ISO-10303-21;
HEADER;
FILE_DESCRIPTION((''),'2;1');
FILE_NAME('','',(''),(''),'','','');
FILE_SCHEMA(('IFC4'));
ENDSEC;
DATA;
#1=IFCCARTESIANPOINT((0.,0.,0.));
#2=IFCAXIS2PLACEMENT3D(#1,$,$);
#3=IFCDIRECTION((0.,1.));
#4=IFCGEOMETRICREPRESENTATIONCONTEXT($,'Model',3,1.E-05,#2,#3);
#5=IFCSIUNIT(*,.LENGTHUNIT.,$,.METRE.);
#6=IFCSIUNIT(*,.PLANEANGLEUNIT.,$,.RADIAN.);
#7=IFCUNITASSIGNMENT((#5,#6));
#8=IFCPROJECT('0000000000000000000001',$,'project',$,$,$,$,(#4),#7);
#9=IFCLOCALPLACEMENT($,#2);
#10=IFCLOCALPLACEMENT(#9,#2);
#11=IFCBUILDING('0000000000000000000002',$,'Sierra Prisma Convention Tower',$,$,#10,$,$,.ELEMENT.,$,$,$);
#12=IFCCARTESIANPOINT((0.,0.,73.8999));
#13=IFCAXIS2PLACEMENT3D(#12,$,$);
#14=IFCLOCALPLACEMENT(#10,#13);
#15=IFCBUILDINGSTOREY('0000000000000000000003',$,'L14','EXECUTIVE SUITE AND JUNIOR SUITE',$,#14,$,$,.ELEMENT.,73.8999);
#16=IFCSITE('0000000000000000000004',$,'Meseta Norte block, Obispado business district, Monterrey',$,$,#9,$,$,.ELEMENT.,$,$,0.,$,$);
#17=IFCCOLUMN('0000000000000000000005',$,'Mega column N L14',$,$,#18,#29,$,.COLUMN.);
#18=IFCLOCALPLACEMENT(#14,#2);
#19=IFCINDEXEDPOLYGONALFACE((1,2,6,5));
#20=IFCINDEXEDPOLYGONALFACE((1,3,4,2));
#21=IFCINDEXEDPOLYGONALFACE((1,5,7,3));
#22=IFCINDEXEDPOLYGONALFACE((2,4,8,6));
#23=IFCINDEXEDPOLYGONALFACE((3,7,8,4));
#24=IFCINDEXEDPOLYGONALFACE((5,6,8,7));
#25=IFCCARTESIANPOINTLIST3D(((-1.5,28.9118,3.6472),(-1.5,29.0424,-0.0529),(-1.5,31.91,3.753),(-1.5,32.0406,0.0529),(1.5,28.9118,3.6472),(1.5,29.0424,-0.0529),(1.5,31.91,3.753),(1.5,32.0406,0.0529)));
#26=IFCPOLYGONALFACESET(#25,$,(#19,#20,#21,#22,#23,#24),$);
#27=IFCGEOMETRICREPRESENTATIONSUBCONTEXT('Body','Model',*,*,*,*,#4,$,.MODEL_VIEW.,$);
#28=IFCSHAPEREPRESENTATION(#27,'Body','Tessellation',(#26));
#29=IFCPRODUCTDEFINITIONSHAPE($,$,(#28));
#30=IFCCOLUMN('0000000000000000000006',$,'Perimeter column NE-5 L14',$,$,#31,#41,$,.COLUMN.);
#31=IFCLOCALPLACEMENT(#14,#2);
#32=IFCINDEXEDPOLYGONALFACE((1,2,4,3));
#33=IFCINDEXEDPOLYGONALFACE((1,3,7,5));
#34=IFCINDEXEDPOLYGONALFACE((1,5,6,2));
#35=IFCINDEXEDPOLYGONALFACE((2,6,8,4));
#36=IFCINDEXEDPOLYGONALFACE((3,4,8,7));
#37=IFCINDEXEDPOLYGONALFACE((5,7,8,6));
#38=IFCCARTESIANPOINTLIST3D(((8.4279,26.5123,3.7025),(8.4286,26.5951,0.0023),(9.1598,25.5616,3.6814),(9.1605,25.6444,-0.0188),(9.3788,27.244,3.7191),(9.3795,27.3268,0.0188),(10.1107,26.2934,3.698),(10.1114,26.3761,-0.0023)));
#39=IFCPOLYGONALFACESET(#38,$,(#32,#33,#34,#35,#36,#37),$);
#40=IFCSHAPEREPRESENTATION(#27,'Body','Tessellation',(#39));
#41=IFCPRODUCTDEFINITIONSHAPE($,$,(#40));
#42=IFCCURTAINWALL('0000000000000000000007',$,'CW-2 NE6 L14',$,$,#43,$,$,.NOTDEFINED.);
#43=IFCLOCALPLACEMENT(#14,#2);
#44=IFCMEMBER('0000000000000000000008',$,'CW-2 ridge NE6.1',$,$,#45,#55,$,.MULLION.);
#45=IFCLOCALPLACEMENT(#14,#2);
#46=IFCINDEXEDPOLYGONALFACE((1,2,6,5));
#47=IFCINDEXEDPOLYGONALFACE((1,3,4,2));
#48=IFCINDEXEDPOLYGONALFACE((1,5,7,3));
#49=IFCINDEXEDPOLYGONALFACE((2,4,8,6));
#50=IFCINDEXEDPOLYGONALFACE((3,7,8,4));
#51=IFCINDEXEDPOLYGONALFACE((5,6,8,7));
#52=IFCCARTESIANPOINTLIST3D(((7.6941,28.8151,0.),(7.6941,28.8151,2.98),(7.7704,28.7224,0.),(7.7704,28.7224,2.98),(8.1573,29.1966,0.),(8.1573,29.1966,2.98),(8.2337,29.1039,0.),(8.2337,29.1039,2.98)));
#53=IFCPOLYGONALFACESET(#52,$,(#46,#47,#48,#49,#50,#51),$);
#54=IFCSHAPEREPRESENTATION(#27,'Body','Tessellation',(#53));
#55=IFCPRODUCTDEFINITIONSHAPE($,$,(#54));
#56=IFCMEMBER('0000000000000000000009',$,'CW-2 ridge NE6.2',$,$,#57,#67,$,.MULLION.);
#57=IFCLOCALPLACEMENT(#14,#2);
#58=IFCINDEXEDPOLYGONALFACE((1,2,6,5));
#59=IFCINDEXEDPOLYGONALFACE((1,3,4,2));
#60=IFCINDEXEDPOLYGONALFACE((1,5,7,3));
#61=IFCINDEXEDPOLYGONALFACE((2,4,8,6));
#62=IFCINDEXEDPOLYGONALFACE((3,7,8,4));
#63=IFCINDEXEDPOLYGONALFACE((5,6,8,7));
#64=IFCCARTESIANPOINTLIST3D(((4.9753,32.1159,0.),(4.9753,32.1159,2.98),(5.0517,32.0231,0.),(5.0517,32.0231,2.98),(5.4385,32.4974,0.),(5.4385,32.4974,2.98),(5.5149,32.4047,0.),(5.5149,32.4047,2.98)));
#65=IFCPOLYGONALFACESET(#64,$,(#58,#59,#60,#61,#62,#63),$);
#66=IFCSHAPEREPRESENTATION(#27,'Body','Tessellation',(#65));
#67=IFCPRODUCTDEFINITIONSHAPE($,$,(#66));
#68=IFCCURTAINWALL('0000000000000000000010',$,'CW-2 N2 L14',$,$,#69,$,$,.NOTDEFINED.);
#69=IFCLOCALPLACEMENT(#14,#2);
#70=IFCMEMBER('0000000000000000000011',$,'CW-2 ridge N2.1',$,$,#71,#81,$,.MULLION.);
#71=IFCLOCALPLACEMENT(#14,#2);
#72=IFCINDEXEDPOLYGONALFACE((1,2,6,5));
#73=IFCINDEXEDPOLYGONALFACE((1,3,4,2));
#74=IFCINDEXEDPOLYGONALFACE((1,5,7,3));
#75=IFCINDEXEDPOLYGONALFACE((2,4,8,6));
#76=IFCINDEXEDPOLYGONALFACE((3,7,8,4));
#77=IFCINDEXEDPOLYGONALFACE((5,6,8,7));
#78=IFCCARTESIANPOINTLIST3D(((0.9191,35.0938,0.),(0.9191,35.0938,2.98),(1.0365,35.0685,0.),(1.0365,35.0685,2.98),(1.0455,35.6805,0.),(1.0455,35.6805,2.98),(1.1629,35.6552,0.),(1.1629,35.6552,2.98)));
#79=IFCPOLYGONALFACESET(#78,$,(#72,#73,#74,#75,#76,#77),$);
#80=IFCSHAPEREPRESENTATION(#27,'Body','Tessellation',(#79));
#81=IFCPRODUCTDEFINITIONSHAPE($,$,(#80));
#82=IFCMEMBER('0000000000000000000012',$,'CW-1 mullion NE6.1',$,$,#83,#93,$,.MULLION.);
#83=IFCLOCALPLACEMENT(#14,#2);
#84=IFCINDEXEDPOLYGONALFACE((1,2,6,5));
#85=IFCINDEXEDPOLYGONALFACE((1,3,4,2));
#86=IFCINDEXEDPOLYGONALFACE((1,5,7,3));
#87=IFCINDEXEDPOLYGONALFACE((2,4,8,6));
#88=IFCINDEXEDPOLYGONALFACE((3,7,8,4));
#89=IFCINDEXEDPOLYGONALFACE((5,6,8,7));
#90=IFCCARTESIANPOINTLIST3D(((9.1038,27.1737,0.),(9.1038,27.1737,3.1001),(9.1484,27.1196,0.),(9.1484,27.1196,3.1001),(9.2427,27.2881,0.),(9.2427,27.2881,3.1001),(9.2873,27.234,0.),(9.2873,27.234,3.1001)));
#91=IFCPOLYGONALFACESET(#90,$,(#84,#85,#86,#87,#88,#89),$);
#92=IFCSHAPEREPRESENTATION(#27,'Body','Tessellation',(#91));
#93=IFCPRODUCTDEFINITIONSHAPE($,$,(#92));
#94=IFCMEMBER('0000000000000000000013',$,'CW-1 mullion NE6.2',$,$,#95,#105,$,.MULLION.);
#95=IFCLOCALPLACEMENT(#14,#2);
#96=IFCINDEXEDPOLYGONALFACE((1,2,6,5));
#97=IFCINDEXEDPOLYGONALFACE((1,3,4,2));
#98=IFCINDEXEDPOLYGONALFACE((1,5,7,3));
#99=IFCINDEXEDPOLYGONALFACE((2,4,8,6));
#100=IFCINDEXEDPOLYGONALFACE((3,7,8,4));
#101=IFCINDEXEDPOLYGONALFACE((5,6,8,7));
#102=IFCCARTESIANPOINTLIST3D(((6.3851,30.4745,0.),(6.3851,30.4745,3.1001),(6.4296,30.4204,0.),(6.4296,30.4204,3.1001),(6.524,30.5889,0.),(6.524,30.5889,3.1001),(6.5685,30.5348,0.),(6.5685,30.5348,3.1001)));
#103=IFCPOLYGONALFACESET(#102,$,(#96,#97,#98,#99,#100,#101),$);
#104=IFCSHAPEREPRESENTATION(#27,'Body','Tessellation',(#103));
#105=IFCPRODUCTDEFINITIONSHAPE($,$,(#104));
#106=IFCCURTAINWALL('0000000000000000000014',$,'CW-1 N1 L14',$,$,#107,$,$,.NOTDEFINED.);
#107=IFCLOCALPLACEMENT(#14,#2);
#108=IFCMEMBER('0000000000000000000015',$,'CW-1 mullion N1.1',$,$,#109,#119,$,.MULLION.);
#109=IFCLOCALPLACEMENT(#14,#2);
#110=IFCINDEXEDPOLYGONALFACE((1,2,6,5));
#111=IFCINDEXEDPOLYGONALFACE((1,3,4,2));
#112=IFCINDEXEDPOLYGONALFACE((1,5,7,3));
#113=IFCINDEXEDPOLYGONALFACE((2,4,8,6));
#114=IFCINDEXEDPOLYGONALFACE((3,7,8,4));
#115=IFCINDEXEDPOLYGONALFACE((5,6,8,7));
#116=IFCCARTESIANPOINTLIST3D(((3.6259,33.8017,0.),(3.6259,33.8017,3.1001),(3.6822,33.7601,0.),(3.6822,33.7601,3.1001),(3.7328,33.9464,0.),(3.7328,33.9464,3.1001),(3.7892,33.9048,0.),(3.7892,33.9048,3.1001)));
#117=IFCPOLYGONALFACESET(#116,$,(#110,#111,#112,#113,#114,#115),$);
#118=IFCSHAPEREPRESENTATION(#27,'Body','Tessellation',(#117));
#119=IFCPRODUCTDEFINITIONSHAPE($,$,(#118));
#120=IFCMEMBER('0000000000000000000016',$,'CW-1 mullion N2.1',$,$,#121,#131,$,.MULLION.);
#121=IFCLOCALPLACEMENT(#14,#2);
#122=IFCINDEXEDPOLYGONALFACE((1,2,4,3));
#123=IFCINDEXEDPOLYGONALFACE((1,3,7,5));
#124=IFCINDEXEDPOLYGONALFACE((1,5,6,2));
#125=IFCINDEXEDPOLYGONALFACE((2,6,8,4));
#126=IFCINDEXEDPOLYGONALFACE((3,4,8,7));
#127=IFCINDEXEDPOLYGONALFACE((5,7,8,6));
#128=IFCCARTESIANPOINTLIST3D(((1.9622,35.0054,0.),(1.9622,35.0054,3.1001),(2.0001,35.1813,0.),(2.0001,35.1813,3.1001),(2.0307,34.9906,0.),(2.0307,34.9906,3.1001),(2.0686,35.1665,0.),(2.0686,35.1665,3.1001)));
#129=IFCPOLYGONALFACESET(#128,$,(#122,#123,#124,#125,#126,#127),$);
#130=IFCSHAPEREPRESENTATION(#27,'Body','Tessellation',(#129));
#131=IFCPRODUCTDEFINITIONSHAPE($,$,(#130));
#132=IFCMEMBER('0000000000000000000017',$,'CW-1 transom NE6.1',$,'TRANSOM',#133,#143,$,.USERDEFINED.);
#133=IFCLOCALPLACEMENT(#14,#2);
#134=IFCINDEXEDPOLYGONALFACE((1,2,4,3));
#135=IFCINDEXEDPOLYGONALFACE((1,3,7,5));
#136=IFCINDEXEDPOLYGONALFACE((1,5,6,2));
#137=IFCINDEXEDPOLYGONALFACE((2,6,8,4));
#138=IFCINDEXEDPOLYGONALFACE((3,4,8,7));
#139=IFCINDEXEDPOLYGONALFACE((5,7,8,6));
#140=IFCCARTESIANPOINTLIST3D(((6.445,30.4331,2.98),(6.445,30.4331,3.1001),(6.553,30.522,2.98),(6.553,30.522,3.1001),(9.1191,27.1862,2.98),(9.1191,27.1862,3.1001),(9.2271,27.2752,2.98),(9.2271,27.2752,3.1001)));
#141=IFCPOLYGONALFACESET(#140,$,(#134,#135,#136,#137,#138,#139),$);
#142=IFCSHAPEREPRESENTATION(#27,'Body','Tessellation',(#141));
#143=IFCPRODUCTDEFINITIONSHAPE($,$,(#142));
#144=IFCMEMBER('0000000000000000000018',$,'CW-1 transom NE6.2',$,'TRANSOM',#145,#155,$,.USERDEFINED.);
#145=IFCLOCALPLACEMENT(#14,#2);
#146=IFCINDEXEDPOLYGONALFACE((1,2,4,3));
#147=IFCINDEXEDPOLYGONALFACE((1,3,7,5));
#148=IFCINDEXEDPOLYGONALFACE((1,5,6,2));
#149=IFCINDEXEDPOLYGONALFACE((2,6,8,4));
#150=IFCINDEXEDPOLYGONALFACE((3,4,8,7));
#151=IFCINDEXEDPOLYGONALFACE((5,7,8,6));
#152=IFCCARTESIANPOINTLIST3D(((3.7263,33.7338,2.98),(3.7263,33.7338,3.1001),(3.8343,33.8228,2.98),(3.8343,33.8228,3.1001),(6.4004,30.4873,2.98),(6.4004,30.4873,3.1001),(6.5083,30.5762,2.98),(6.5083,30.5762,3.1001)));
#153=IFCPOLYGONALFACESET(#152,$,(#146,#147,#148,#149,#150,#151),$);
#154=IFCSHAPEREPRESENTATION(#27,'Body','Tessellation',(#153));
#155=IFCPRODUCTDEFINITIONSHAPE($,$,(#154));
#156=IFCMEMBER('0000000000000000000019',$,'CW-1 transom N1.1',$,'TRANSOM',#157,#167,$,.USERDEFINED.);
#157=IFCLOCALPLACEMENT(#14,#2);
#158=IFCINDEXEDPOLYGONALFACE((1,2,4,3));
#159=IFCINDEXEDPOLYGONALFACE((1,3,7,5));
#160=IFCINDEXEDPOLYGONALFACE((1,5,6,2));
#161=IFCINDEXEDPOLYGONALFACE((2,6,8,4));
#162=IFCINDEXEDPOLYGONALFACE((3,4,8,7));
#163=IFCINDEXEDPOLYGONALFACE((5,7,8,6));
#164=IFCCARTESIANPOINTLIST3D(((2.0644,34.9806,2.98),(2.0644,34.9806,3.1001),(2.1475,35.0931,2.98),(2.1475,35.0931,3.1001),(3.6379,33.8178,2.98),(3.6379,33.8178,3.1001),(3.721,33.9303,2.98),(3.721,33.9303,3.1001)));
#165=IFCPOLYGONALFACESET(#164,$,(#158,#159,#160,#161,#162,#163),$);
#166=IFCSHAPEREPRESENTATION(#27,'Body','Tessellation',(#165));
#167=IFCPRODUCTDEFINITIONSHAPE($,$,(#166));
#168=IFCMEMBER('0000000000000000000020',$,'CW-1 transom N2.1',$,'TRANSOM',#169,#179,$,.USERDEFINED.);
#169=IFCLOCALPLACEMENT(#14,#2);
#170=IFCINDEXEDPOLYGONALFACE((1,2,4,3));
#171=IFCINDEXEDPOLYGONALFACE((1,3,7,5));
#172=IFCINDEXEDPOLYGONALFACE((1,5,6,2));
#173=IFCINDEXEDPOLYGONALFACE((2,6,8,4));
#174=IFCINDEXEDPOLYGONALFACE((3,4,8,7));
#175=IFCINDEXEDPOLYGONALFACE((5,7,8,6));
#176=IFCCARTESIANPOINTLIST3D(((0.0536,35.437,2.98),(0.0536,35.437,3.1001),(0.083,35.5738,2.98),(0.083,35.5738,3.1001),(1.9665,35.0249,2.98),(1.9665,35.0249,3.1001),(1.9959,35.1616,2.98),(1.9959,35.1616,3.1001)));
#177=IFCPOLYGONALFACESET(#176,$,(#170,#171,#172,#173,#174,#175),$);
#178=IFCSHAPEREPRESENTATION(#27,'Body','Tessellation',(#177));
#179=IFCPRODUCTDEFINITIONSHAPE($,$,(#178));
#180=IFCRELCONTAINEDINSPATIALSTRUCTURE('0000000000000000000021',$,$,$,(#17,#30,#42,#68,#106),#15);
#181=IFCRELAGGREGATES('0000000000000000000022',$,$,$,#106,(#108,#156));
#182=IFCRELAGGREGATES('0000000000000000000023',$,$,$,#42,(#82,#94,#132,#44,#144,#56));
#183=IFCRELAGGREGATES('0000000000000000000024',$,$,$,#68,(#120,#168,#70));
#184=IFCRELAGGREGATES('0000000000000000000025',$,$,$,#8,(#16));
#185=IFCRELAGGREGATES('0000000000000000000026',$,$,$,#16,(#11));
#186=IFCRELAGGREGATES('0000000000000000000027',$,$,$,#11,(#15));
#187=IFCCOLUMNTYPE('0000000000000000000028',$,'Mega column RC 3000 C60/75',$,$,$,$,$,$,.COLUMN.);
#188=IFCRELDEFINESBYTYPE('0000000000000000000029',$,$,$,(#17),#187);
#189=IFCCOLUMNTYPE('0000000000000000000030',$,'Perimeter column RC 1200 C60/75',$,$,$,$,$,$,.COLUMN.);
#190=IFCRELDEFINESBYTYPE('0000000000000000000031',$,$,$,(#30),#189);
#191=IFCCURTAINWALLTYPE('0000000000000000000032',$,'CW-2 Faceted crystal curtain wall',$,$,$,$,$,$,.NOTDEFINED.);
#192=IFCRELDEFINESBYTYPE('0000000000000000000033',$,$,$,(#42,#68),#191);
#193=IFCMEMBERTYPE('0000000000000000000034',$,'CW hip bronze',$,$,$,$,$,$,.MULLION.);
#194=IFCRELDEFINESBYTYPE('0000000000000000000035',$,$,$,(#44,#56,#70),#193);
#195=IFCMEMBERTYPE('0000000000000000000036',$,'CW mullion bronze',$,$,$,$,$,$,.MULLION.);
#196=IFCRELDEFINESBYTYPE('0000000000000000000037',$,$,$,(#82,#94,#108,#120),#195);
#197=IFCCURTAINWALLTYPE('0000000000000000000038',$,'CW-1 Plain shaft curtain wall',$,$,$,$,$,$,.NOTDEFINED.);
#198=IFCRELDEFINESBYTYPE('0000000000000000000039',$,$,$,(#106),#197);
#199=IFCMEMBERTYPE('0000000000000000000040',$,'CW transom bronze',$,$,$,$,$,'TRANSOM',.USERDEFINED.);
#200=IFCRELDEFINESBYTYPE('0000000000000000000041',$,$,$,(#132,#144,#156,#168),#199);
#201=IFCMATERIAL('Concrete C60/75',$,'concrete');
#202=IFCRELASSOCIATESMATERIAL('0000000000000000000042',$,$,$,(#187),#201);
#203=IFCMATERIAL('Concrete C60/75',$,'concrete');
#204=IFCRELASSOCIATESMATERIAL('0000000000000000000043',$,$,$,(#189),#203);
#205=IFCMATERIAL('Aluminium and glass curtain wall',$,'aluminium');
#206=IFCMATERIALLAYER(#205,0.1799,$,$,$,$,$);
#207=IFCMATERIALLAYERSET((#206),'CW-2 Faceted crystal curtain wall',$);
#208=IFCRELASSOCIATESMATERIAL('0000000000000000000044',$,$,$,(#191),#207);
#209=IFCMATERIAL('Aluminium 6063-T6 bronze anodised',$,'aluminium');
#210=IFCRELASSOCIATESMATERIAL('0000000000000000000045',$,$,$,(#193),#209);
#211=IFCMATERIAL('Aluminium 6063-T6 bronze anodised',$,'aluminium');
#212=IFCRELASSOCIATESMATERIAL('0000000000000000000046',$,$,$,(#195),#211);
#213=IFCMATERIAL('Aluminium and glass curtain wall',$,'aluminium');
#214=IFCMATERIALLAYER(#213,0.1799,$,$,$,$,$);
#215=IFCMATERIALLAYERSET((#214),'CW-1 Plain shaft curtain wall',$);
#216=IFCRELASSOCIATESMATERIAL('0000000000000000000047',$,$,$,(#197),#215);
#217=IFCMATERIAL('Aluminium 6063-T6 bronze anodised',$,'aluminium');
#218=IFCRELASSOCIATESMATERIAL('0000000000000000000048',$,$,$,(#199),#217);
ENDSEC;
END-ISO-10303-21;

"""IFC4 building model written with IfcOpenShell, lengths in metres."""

from ifc_helpers import new_model, si_unit, direction, frame, origin, origin_2d, place, context, subcontext, project, spatial, rectangle, extrude, material, layer, layer_set, material_profile, profile_set, type_object, element, aggregate, save


model = new_model("IFC4")

# Units and contexts
model_context = context("Model", 3, precision=1e-05, world=origin(), true_north=direction((0.0, 1.0)))
body_context = subcontext(model_context, "Body", "Model", "MODEL_VIEW")
ifc_project = project(units=[si_unit("LENGTHUNIT", "METRE"), si_unit("PLANEANGLEUNIT", "RADIAN")], contexts=[model_context])

# Site, building, storey
site_placement = place(None, origin())
site = spatial("IfcSite", under=ifc_project, at=site_placement, Name="Meseta Norte block, Obispado business district, Monterrey", CompositionType="ELEMENT", RefElevation=0.0)
building_placement = place(site_placement, origin())
building = spatial("IfcBuilding", under=site, at=building_placement, Name="Sierra Prisma Convention Tower", CompositionType="ELEMENT")
storey_placement = place(building_placement, frame((0.0, 0.0, 73.8999)))
storey = spatial("IfcBuildingStorey", under=building, at=storey_placement, Name="L14", Description="EXECUTIVE SUITE AND JUNIOR SUITE", CompositionType="ELEMENT", Elevation=73.8999)

# Columns
ifc_material_1 = material(Name="Concrete C60/75", Category="concrete")
ifc_material_profile_1 = material_profile(ifc_material_1, rectangle(XDim=3.0, YDim=3.0, at=origin_2d()), Name="Mega column RC 3000 C60/75")
ifc_profile_set_1 = profile_set([ifc_material_profile_1], Name="Concrete C60/75")
column_type_1 = type_object("IfcColumnType", Name="Mega column RC 3000 C60/75", PredefinedType="COLUMN", material=ifc_profile_set_1)
column_1_placement = place(storey_placement, frame((0.0, 30.5415, 0.0), z_axis=(0.0, -0.035278, 0.999378), x_axis=(1.0, 0.0, 0.0)))
element("IfcColumn", 1, at=column_1_placement, inside=storey, type_object=column_type_1, Name="Mega column N L14", PredefinedType="COLUMN", context=body_context, shape_type="SweptSolid", body=[
    extrude(rectangle(XDim=3.0, YDim=3.0, at=origin_2d()), origin(), (0.0, 0.0, 1.0), 3.7024),
])
ifc_material_2 = material(Name="Concrete C60/75", Category="concrete")
ifc_material_profile_2 = material_profile(ifc_material_2, rectangle(XDim=1.2, YDim=1.2, at=origin_2d()), Name="Perimeter column RC 1200 C60/75")
ifc_profile_set_2 = profile_set([ifc_material_profile_2], Name="Concrete C60/75")
column_type_2 = type_object("IfcColumnType", Name="Perimeter column RC 1200 C60/75", PredefinedType="COLUMN", material=ifc_profile_set_2)
column_2_placement = place(storey_placement, frame((9.27, 26.4856, 0.0), z_axis=(-0.000198, -0.022362, 0.99975), x_axis=(-0.609946, 0.792248, 0.0176)))
element("IfcColumn", 2, at=column_2_placement, inside=storey, type_object=column_type_2, Name="Perimeter column NE-5 L14", PredefinedType="COLUMN", context=body_context, shape_type="SweptSolid", body=[
    extrude(rectangle(XDim=1.2, YDim=1.2, at=origin_2d()), origin(), (0.0, 0.0, 1.0), 3.7012),
])

# Curtain wall, members
ifc_material_3 = material(Name="Aluminium and glass curtain wall", Category="aluminium")
ifc_layer_1 = layer(ifc_material_3, 0.1799)
ifc_layer_set_1 = layer_set([ifc_layer_1], Name="CW-2 Faceted crystal curtain wall")
curtain_wall_type_1 = type_object("IfcCurtainWallType", Name="CW-2 Faceted crystal curtain wall", PredefinedType="NOTDEFINED", material=ifc_layer_set_1)
curtain_wall_1_placement = place(storey_placement, origin())
curtain_wall_1 = element("IfcCurtainWall", 3, at=curtain_wall_1_placement, inside=storey, type_object=curtain_wall_type_1, Name="CW-2 NE6 L14", PredefinedType="NOTDEFINED")
ifc_material_4 = material(Name="Aluminium 6063-T6 bronze anodised", Category="aluminium")
ifc_material_profile_3 = material_profile(ifc_material_4, rectangle(XDim=0.1201, YDim=0.6001, at=origin_2d()), Name="ALU RIDGE BLADE 120x600")
ifc_profile_set_3 = profile_set([ifc_material_profile_3], Name="Aluminium 6063-T6 bronze anodised")
member_type_1 = type_object("IfcMemberType", Name="CW hip bronze", PredefinedType="MULLION", material=ifc_profile_set_3)
member_1_placement = place(storey_placement, frame((7.9639, 28.9595, 0.0), z_axis=(0.0, 0.0, 1.0), x_axis=(-0.635768, 0.771881, 0.0)))
member_1 = element("IfcMember", 4, at=member_1_placement, type_object=member_type_1, Name="CW-2 ridge NE6.1", PredefinedType="MULLION", context=body_context, shape_type="SweptSolid", body=[
    extrude(rectangle(XDim=0.1201, YDim=0.6001, at=origin_2d()), origin(), (0.0, 0.0, 1.0), 2.98),
])
member_2_placement = place(storey_placement, frame((5.2451, 32.2603, 0.0), z_axis=(0.0, 0.0, 1.0), x_axis=(-0.635768, 0.771881, 0.0)))
member_2 = element("IfcMember", 5, at=member_2_placement, type_object=member_type_1, Name="CW-2 ridge NE6.2", PredefinedType="MULLION", context=body_context, shape_type="SweptSolid", body=[
    extrude(rectangle(XDim=0.1201, YDim=0.6001, at=origin_2d()), origin(), (0.0, 0.0, 1.0), 2.98),
])

# Curtain wall, member
curtain_wall_2_placement = place(storey_placement, origin())
curtain_wall_2 = element("IfcCurtainWall", 6, at=curtain_wall_2_placement, inside=storey, type_object=curtain_wall_type_1, Name="CW-2 N2 L14", PredefinedType="NOTDEFINED")
member_3_placement = place(storey_placement, frame((1.041, 35.3745, 0.0), z_axis=(0.0, 0.0, 1.0), x_axis=(-0.97758, 0.210564, 0.0)))
member_3 = element("IfcMember", 7, at=member_3_placement, type_object=member_type_1, Name="CW-2 ridge N2.1", PredefinedType="MULLION", context=body_context, shape_type="SweptSolid", body=[
    extrude(rectangle(XDim=0.1201, YDim=0.6001, at=origin_2d()), origin(), (0.0, 0.0, 1.0), 2.98),
])

# Members
ifc_material_5 = material(Name="Aluminium 6063-T6 bronze anodised", Category="aluminium")
ifc_material_profile_4 = material_profile(ifc_material_5, rectangle(XDim=0.1799, YDim=0.0701, at=origin_2d()), Name="ALU MULLION 70x180")
ifc_profile_set_4 = profile_set([ifc_material_profile_4], Name="Aluminium 6063-T6 bronze anodised")
member_type_2 = type_object("IfcMemberType", Name="CW mullion bronze", PredefinedType="MULLION", material=ifc_profile_set_4)
member_4_placement = place(storey_placement, frame((9.1956, 27.2039, 0.0), z_axis=(0.0, 0.0, 1.0), x_axis=(-0.771881, -0.635768, 0.0)))
member_4 = element("IfcMember", 8, at=member_4_placement, type_object=member_type_2, Name="CW-1 mullion NE6.1", PredefinedType="MULLION", context=body_context, shape_type="SweptSolid", body=[
    extrude(rectangle(XDim=0.1799, YDim=0.0701, at=origin_2d()), origin(), (0.0, 0.0, 1.0), 3.1001),
])
member_5_placement = place(storey_placement, frame((6.4768, 30.5046, 0.0), z_axis=(0.0, 0.0, 1.0), x_axis=(-0.771881, -0.635768, 0.0)))
member_5 = element("IfcMember", 9, at=member_5_placement, type_object=member_type_2, Name="CW-1 mullion NE6.2", PredefinedType="MULLION", context=body_context, shape_type="SweptSolid", body=[
    extrude(rectangle(XDim=0.1799, YDim=0.0701, at=origin_2d()), origin(), (0.0, 0.0, 1.0), 3.1001),
])

# Curtain wall, member
ifc_material_6 = material(Name="Aluminium and glass curtain wall", Category="aluminium")
ifc_layer_2 = layer(ifc_material_6, 0.1799)
ifc_layer_set_2 = layer_set([ifc_layer_2], Name="CW-1 Plain shaft curtain wall")
curtain_wall_type_2 = type_object("IfcCurtainWallType", Name="CW-1 Plain shaft curtain wall", PredefinedType="NOTDEFINED", material=ifc_layer_set_2)
curtain_wall_3_placement = place(storey_placement, origin())
curtain_wall_3 = element("IfcCurtainWall", 10, at=curtain_wall_3_placement, inside=storey, type_object=curtain_wall_type_2, Name="CW-1 N1 L14", PredefinedType="NOTDEFINED")
member_6_placement = place(storey_placement, frame((3.7075, 33.8533, 0.0), z_axis=(0.0, 0.0, 1.0), x_axis=(-0.594349, -0.804207, 0.0)))
member_6 = element("IfcMember", 11, at=member_6_placement, type_object=member_type_2, Name="CW-1 mullion N1.1", PredefinedType="MULLION", context=body_context, shape_type="SweptSolid", body=[
    extrude(rectangle(XDim=0.1799, YDim=0.0701, at=origin_2d()), origin(), (0.0, 0.0, 1.0), 3.1001),
])

# Members
member_7_placement = place(storey_placement, frame((2.0154, 35.0859, 0.0), z_axis=(0.0, 0.0, 1.0), x_axis=(-0.210564, -0.97758, 0.0)))
member_7 = element("IfcMember", 12, at=member_7_placement, type_object=member_type_2, Name="CW-1 mullion N2.1", PredefinedType="MULLION", context=body_context, shape_type="SweptSolid", body=[
    extrude(rectangle(XDim=0.1799, YDim=0.0701, at=origin_2d()), origin(), (0.0, 0.0, 1.0), 3.1001),
])
ifc_material_7 = material(Name="Aluminium 6063-T6 bronze anodised", Category="aluminium")
ifc_material_profile_5 = material_profile(ifc_material_7, rectangle(XDim=0.1399, YDim=0.1201, at=origin_2d()), Name="ALU TRANSOM 120x140")
ifc_profile_set_5 = profile_set([ifc_material_profile_5], Name="Aluminium 6063-T6 bronze anodised")
member_type_3 = type_object("IfcMemberType", Name="CW transom bronze", ElementType="TRANSOM", PredefinedType="USERDEFINED", material=ifc_profile_set_5)
member_8_placement = place(storey_placement, frame((9.1731, 27.2307, 3.04), z_axis=(-0.635738, 0.771905, 0.0), x_axis=(-0.771905, -0.635738, 0.0)))
member_8 = element("IfcMember", 13, at=member_8_placement, type_object=member_type_3, Name="CW-1 transom NE6.1", ObjectType="TRANSOM", PredefinedType="USERDEFINED", context=body_context, shape_type="SweptSolid", body=[
    extrude(rectangle(XDim=0.1399, YDim=0.1201, at=origin_2d()), origin(), (0.0, 0.0, 1.0), 4.2063),
])
member_9_placement = place(storey_placement, frame((6.4543, 30.5317, 3.04), z_axis=(-0.635766, 0.771882, 0.0), x_axis=(-0.771882, -0.635766, 0.0)))
member_9 = element("IfcMember", 14, at=member_9_placement, type_object=member_type_3, Name="CW-1 transom NE6.2", ObjectType="TRANSOM", PredefinedType="USERDEFINED", context=body_context, shape_type="SweptSolid", body=[
    extrude(rectangle(XDim=0.1399, YDim=0.1201, at=origin_2d()), origin(), (0.0, 0.0, 1.0), 4.2061),
])
member_10_placement = place(storey_placement, frame((3.6794, 33.874, 3.04), z_axis=(-0.804218, 0.594335, 0.0), x_axis=(-0.594335, -0.804218, 0.0)))
member_10 = element("IfcMember", 15, at=member_10_placement, type_object=member_type_3, Name="CW-1 transom N1.1", ObjectType="TRANSOM", PredefinedType="USERDEFINED", context=body_context, shape_type="SweptSolid", body=[
    extrude(rectangle(XDim=0.1399, YDim=0.1201, at=origin_2d()), origin(), (0.0, 0.0, 1.0), 1.9565),
])
member_11_placement = place(storey_placement, frame((1.9812, 35.0933, 3.04), z_axis=(-0.97757, 0.210611, 0.0), x_axis=(-0.210611, -0.97757, 0.0)))
member_11 = element("IfcMember", 16, at=member_11_placement, type_object=member_type_3, Name="CW-1 transom N2.1", ObjectType="TRANSOM", PredefinedType="USERDEFINED", context=body_context, shape_type="SweptSolid", body=[
    extrude(rectangle(XDim=0.1399, YDim=0.1201, at=origin_2d()), origin(), (0.0, 0.0, 1.0), 1.9568),
])

aggregate(curtain_wall_3, [member_6, member_10])
aggregate(curtain_wall_1, [member_4, member_5, member_8, member_1, member_9, member_2])
aggregate(curtain_wall_2, [member_7, member_11, member_3])

save(model, "model.ifc")
